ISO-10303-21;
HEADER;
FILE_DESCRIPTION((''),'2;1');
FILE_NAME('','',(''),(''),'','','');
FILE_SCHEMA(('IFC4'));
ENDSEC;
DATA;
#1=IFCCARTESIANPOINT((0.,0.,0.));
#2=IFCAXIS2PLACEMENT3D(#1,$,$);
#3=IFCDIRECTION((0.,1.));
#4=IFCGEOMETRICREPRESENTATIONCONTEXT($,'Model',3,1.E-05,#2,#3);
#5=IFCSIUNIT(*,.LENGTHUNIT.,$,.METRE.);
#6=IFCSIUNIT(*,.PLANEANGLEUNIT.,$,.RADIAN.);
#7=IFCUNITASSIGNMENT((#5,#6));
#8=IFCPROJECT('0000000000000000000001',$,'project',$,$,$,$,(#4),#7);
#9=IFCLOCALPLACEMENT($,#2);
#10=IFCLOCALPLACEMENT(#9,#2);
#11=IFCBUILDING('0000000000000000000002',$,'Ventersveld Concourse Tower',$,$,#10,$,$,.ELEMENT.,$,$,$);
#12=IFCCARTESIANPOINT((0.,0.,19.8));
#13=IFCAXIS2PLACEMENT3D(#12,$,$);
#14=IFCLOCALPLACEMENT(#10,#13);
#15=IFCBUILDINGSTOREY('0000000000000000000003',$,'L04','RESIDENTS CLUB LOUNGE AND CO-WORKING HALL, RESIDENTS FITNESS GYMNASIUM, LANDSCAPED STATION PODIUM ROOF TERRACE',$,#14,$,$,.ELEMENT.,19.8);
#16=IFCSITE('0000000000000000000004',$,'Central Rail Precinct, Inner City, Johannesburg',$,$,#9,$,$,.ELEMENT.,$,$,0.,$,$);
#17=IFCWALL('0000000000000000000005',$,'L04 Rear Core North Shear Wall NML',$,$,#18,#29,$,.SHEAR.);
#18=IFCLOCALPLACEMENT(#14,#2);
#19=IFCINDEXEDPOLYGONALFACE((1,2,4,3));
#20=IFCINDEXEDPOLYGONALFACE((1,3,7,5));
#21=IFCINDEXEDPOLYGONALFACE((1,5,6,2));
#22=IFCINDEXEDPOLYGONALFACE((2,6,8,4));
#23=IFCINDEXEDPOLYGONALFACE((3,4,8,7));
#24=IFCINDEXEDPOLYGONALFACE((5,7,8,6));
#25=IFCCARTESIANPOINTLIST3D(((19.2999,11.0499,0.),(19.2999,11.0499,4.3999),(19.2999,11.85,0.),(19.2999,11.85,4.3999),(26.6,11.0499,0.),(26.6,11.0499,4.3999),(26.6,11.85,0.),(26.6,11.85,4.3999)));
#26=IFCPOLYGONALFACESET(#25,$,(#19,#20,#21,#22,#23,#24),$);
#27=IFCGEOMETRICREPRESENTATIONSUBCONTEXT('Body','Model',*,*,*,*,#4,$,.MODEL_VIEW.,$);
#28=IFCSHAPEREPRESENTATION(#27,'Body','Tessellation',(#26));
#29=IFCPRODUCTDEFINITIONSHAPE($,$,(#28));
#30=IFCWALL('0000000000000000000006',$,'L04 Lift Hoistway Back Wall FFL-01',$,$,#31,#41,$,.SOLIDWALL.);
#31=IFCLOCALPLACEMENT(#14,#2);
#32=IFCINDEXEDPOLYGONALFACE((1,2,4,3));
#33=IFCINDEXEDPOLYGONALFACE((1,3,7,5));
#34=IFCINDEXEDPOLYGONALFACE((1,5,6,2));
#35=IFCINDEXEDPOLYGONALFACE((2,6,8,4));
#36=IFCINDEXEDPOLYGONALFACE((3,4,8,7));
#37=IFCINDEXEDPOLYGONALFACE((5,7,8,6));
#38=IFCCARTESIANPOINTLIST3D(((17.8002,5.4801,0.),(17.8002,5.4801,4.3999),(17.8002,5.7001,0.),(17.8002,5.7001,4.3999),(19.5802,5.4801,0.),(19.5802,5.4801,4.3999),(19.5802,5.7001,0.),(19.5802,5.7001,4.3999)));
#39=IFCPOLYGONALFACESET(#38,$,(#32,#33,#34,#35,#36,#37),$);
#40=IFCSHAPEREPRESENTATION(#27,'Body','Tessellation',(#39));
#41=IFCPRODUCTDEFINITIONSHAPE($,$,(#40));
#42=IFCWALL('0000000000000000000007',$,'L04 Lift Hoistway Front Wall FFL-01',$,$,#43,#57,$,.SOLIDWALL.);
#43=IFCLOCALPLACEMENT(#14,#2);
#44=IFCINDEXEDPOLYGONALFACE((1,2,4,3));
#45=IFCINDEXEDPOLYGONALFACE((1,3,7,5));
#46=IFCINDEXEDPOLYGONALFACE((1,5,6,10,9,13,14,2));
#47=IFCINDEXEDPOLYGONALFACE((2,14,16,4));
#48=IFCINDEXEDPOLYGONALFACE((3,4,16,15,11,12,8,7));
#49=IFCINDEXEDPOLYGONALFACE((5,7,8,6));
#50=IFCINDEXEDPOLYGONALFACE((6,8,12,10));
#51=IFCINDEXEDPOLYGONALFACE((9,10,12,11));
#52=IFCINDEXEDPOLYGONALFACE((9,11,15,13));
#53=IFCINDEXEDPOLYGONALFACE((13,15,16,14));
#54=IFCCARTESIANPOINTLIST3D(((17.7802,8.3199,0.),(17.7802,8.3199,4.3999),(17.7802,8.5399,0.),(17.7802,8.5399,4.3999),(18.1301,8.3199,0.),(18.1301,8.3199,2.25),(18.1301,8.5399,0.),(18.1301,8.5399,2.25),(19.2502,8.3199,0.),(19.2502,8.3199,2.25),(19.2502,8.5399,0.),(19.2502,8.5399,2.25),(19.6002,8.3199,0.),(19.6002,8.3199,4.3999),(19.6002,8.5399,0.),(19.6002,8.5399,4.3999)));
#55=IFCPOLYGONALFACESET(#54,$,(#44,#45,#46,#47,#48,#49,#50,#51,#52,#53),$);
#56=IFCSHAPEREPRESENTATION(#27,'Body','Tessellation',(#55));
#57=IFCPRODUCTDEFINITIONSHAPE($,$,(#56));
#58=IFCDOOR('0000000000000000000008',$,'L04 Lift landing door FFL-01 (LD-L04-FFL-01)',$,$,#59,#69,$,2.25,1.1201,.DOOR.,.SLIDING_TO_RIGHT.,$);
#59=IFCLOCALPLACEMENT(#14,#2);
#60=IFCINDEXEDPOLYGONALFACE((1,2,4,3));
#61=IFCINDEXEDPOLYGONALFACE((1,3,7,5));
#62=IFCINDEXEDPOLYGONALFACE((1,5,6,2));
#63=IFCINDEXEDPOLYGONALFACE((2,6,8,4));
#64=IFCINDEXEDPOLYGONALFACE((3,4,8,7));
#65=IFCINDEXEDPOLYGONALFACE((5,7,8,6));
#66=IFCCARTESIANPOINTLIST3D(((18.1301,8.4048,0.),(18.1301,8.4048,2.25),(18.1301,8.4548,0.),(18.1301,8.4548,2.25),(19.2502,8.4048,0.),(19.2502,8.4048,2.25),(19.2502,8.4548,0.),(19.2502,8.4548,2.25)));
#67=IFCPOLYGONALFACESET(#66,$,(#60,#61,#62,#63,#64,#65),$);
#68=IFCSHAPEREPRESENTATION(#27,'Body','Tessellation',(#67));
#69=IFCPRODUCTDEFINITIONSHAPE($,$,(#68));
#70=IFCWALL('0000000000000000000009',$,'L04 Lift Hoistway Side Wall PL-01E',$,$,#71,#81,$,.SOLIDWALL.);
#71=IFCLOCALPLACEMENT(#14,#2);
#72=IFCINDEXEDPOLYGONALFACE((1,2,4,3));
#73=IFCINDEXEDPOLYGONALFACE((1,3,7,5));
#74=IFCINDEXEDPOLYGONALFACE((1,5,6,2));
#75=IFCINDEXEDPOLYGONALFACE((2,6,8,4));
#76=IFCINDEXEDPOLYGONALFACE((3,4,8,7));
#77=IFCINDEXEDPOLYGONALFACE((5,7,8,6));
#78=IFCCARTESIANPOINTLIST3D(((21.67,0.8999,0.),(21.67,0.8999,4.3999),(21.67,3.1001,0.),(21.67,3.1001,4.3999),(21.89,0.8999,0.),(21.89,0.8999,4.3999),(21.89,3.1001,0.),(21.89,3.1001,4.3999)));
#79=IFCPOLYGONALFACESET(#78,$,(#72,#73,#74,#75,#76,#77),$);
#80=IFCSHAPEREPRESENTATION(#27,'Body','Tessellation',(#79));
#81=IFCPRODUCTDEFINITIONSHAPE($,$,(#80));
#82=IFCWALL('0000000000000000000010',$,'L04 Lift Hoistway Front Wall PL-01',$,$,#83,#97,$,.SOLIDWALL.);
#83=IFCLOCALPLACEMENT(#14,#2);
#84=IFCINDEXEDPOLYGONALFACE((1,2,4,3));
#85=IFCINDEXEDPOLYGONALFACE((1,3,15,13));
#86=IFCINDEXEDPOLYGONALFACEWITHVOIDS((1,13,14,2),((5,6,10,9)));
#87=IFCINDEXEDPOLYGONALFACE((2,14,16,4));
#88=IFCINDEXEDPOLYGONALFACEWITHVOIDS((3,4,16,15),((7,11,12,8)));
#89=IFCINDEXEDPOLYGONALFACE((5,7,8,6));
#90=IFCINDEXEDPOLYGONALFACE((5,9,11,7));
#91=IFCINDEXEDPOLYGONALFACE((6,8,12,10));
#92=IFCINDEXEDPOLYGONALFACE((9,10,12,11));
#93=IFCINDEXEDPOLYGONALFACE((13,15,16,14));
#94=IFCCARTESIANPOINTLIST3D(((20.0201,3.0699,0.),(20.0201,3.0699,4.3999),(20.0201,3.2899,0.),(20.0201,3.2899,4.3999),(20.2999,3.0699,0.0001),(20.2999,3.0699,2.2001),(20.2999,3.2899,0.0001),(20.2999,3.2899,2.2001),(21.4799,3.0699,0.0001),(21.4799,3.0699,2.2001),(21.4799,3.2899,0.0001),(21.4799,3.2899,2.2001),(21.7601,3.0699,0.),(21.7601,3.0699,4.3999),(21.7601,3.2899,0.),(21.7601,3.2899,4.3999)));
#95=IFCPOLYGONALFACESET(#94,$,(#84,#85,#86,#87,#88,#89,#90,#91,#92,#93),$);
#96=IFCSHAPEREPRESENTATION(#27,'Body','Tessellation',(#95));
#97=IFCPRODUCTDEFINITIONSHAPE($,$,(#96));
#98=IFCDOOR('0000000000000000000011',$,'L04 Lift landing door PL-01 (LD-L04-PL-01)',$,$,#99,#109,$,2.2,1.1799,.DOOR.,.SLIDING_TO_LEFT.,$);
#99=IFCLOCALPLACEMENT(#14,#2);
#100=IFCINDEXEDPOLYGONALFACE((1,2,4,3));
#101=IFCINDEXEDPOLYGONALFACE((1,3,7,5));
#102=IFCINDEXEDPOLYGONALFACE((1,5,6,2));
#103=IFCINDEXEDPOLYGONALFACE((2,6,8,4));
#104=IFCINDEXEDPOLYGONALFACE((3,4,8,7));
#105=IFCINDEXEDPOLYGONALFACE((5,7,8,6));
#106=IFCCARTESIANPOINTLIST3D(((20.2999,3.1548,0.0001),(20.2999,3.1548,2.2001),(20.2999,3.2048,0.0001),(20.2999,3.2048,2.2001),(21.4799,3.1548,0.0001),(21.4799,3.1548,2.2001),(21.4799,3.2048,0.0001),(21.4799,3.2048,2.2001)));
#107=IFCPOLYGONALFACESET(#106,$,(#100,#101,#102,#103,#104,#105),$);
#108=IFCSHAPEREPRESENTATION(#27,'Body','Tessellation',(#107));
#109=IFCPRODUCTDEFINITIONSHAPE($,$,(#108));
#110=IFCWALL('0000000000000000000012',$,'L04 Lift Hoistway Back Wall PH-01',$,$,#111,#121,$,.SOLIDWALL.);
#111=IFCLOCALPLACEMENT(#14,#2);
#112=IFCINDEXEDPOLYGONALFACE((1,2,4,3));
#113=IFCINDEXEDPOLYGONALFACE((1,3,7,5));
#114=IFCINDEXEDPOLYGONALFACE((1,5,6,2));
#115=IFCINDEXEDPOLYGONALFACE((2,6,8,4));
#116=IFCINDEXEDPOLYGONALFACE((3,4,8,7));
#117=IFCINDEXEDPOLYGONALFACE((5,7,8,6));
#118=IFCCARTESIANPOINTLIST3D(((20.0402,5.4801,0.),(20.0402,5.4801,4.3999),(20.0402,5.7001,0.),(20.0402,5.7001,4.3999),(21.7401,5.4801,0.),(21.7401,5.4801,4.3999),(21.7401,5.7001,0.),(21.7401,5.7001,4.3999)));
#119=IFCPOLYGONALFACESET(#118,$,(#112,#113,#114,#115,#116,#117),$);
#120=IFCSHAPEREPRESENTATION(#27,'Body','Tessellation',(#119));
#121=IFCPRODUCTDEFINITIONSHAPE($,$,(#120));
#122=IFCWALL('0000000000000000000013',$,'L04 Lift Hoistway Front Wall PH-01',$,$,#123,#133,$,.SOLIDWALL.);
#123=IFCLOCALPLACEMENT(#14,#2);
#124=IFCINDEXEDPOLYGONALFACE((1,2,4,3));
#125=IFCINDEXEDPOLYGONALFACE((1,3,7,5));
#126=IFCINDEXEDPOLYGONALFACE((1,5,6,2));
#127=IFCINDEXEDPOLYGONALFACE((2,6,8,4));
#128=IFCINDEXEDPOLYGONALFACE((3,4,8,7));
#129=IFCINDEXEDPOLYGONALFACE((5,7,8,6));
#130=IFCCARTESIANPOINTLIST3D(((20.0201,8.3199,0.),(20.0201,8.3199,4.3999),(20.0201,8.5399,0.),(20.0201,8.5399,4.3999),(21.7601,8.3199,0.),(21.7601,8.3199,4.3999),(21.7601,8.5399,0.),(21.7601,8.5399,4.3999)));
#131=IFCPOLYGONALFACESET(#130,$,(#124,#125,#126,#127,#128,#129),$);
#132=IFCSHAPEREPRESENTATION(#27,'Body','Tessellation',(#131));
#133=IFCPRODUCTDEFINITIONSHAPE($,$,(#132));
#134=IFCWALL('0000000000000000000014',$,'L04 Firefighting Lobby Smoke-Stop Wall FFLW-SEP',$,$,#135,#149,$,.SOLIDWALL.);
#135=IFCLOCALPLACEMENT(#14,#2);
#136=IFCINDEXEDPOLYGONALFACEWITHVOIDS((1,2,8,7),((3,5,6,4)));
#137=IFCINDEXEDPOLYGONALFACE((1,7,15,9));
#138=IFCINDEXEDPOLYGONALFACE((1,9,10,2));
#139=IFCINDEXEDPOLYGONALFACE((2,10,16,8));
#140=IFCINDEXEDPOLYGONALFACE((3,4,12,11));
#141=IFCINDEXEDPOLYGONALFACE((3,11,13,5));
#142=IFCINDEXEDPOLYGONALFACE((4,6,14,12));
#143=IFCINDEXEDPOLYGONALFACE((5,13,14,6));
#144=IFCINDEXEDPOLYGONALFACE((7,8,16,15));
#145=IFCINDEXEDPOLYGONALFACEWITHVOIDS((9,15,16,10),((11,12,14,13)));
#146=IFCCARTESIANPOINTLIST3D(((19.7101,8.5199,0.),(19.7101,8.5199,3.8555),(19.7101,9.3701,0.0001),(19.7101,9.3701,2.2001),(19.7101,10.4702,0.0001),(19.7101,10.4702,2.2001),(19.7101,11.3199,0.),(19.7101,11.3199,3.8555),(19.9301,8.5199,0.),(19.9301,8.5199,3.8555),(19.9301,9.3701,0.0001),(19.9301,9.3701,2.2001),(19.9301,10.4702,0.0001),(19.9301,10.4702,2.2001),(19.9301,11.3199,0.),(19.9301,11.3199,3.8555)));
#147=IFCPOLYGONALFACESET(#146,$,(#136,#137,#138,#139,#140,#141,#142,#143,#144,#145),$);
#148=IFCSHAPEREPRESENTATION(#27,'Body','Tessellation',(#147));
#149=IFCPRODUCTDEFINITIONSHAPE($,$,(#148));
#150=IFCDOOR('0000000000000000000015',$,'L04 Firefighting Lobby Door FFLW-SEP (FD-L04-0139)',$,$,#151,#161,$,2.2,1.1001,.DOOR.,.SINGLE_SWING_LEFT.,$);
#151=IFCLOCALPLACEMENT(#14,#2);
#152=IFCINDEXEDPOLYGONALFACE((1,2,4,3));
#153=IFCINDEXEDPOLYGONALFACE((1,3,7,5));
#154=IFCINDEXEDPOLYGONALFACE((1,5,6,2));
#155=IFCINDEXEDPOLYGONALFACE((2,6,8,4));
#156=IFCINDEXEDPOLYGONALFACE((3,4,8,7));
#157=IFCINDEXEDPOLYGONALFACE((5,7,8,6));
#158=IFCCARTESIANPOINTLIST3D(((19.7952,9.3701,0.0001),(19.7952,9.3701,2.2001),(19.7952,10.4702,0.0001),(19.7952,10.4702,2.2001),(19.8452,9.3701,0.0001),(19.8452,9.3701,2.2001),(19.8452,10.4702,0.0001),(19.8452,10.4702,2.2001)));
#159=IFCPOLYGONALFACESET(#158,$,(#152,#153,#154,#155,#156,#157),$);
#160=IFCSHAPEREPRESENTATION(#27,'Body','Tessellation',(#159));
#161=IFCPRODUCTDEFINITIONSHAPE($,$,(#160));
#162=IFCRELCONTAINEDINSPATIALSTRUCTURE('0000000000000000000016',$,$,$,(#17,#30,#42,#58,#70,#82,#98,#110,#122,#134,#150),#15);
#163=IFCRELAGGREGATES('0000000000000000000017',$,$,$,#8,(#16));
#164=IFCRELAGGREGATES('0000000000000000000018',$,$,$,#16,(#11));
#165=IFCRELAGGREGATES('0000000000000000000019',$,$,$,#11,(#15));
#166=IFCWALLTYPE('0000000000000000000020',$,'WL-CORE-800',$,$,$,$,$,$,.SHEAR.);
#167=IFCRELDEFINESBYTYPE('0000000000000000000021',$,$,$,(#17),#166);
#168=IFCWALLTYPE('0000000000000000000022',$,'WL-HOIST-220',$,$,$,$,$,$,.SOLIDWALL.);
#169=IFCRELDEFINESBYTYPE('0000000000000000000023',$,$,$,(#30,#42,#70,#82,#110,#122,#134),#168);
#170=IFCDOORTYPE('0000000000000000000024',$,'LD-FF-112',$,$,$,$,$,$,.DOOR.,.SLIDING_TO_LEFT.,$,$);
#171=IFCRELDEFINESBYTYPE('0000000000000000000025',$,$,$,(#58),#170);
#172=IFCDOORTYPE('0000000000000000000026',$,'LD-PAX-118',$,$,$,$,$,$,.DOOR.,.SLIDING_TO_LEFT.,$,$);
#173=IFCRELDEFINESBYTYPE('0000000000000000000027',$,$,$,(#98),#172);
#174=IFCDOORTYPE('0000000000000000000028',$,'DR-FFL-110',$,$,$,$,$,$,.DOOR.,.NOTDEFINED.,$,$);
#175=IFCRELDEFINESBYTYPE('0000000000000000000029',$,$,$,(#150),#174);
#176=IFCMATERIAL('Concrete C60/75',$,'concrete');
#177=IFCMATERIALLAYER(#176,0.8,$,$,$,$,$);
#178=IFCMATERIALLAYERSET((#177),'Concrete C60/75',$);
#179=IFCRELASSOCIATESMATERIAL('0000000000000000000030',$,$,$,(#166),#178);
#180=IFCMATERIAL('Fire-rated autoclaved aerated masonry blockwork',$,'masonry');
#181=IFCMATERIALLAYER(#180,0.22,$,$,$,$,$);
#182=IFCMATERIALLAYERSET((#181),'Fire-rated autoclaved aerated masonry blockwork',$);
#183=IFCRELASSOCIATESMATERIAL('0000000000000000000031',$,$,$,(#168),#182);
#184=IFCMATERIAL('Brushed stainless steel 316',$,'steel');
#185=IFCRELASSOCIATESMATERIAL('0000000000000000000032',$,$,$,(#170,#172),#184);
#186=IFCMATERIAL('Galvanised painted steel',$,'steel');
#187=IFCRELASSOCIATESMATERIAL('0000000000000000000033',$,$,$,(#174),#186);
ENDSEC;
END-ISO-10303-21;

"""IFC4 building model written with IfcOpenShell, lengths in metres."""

from ifc_helpers import new_model, si_unit, direction, frame, frame_2d, origin, place, context, subcontext, project, spatial, rectangle, extrude, material, layer, layer_set, type_object, element, fill, save


model = new_model("IFC4")

# Units and contexts
model_context = context("Model", 3, precision=1e-05, world=origin(), true_north=direction((0.0, 1.0)))
body_context = subcontext(model_context, "Body", "Model", "MODEL_VIEW")
ifc_project = project(units=[si_unit("LENGTHUNIT", "METRE"), si_unit("PLANEANGLEUNIT", "RADIAN")], contexts=[model_context])

# Site, building, storey
site_placement = place(None, origin())
site = spatial("IfcSite", under=ifc_project, at=site_placement, Name="Central Rail Precinct, Inner City, Johannesburg", CompositionType="ELEMENT", RefElevation=0.0)
building_placement = place(site_placement, origin())
building = spatial("IfcBuilding", under=site, at=building_placement, Name="Ventersveld Concourse Tower", CompositionType="ELEMENT")
storey_placement = place(building_placement, frame((0.0, 0.0, 19.8)))
storey = spatial("IfcBuildingStorey", under=building, at=storey_placement, Name="L04", Description="RESIDENTS CLUB LOUNGE AND CO-WORKING HALL, RESIDENTS FITNESS GYMNASIUM, LANDSCAPED STATION PODIUM ROOF TERRACE", CompositionType="ELEMENT", Elevation=19.8)

# Shared definitions
ifc_material_1 = material(Name="Concrete C60/75", Category="concrete")

# Walls
ifc_layer_1 = layer(ifc_material_1, 0.8)
ifc_layer_set_1 = layer_set([ifc_layer_1], Name="Concrete C60/75")
wall_type_1 = type_object("IfcWallType", Name="WL-CORE-800", PredefinedType="SHEAR", material=ifc_layer_set_1)
wall_1_placement = place(storey_placement, frame((19.3, 11.45, 0.0), z_axis=(0.0, 0.0, 1.0), x_axis=(1.0, 0.0, 0.0)))
element("IfcWall", 1, at=wall_1_placement, inside=storey, type_object=wall_type_1, Name="L04 Rear Core North Shear Wall NML", PredefinedType="SHEAR", context=body_context, shape_type="SweptSolid", body=[
    extrude(rectangle(XDim=7.3, YDim=0.8, at=frame_2d((3.6499, 0.0))), origin(), (0.0, 0.0, 1.0), 4.3999),
])
ifc_material_2 = material(Name="Fire-rated autoclaved aerated masonry blockwork", Category="masonry")
ifc_layer_2 = layer(ifc_material_2, 0.22)
ifc_layer_set_2 = layer_set([ifc_layer_2], Name="Fire-rated autoclaved aerated masonry blockwork")
wall_type_2 = type_object("IfcWallType", Name="WL-HOIST-220", PredefinedType="SOLIDWALL", material=ifc_layer_set_2)
wall_2_placement = place(storey_placement, frame((17.8, 5.5901, 0.0), z_axis=(0.0, 0.0, 1.0), x_axis=(1.0, 0.0, 0.0)))
element("IfcWall", 2, at=wall_2_placement, inside=storey, type_object=wall_type_2, Name="L04 Lift Hoistway Back Wall FFL-01", PredefinedType="SOLIDWALL", context=body_context, shape_type="SweptSolid", body=[
    extrude(rectangle(XDim=1.78, YDim=0.22, at=frame_2d((0.8901, 0.0))), origin(), (0.0, 0.0, 1.0), 4.3999),
])

# Wall, opening, door
wall_3_placement = place(storey_placement, frame((17.78, 8.4299, 0.0), z_axis=(0.0, 0.0, 1.0), x_axis=(1.0, 0.0, 0.0)))
wall_3 = element("IfcWall", 3, at=wall_3_placement, inside=storey, type_object=wall_type_2, Name="L04 Lift Hoistway Front Wall FFL-01", PredefinedType="SOLIDWALL", context=body_context, shape_type="SweptSolid", body=[
    extrude(rectangle(XDim=1.8201, YDim=0.22, at=frame_2d((0.9102, 0.0))), origin(), (0.0, 0.0, 1.0), 4.3999),
])
opening_1_placement = place(wall_3_placement, frame((0.3501, 0.0, 0.0)))
opening_1 = element("IfcOpeningElement", 4, at=opening_1_placement, cuts=wall_3, PredefinedType="OPENING", context=body_context, shape_type="SweptSolid", body=[
    extrude(rectangle(XDim=1.1201, YDim=2.25, at=frame_2d((0.5601, 1.125))), frame((0.0, 0.1201, 0.0), z_axis=(0.0, -1.0, 0.0), x_axis=(1.0, 0.0, 0.0)), (0.0, 0.0, 1.0), 0.24),
])
ifc_material_3 = material(Name="Brushed stainless steel 316", Category="steel")
door_type_1 = type_object("IfcDoorType", Name="LD-FF-112", OperationType="SLIDING_TO_LEFT", PredefinedType="DOOR", material=ifc_material_3)
door_1_placement = place(opening_1_placement, origin())
door_1 = element("IfcDoor", 5, at=door_1_placement, inside=storey, type_object=door_type_1, Name="L04 Lift landing door FFL-01 (LD-L04-FFL-01)", OperationType="SLIDING_TO_RIGHT", OverallHeight=2.25, OverallWidth=1.1201, PredefinedType="DOOR", context=body_context, shape_type="SweptSolid", body=[
    extrude(rectangle(XDim=1.1201, YDim=2.25, at=frame_2d((0.5601, 1.125))), frame((0.0, 0.0249, 0.0), z_axis=(0.0, -1.0, 0.0), x_axis=(1.0, 0.0, 0.0)), (0.0, 0.0, 1.0), 0.05),
])
fill(opening_1, door_1)

# Wall
wall_4_placement = place(storey_placement, frame((21.78, 0.8999, 0.0), z_axis=(0.0, 0.0, 1.0), x_axis=(0.0, 1.0, 0.0)))
element("IfcWall", 6, at=wall_4_placement, inside=storey, type_object=wall_type_2, Name="L04 Lift Hoistway Side Wall PL-01E", PredefinedType="SOLIDWALL", context=body_context, shape_type="SweptSolid", body=[
    extrude(rectangle(XDim=2.2002, YDim=0.22, at=frame_2d((1.1001, 0.0))), origin(), (0.0, 0.0, 1.0), 4.3999),
])

# Wall, opening, door
wall_5_placement = place(storey_placement, frame((20.02, 3.1799, 0.0), z_axis=(0.0, 0.0, 1.0), x_axis=(1.0, 0.0, 0.0)))
wall_5 = element("IfcWall", 7, at=wall_5_placement, inside=storey, type_object=wall_type_2, Name="L04 Lift Hoistway Front Wall PL-01", PredefinedType="SOLIDWALL", context=body_context, shape_type="SweptSolid", body=[
    extrude(rectangle(XDim=1.74, YDim=0.22, at=frame_2d((0.8701, 0.0))), origin(), (0.0, 0.0, 1.0), 4.3999),
])
opening_2_placement = place(wall_5_placement, frame((0.28, 0.0, 0.0)))
opening_2 = element("IfcOpeningElement", 8, at=opening_2_placement, cuts=wall_5, PredefinedType="OPENING", context=body_context, shape_type="SweptSolid", body=[
    extrude(rectangle(XDim=1.1799, YDim=2.2, at=frame_2d((0.5898, 1.1001))), frame((0.0, 0.1201, 0.0), z_axis=(0.0, -1.0, 0.0), x_axis=(1.0, 0.0, 0.0)), (0.0, 0.0, 1.0), 0.24),
])
door_type_2 = type_object("IfcDoorType", Name="LD-PAX-118", OperationType="SLIDING_TO_LEFT", PredefinedType="DOOR", material=ifc_material_3)
door_2_placement = place(opening_2_placement, origin())
door_2 = element("IfcDoor", 9, at=door_2_placement, inside=storey, type_object=door_type_2, Name="L04 Lift landing door PL-01 (LD-L04-PL-01)", OperationType="SLIDING_TO_LEFT", OverallHeight=2.2, OverallWidth=1.1799, PredefinedType="DOOR", context=body_context, shape_type="SweptSolid", body=[
    extrude(rectangle(XDim=1.1799, YDim=2.2, at=frame_2d((0.5898, 1.1001))), frame((0.0, 0.0249, 0.0), z_axis=(0.0, -1.0, 0.0), x_axis=(1.0, 0.0, 0.0)), (0.0, 0.0, 1.0), 0.05),
])
fill(opening_2, door_2)

# Walls
wall_6_placement = place(storey_placement, frame((20.04, 5.5901, 0.0), z_axis=(0.0, 0.0, 1.0), x_axis=(1.0, 0.0, 0.0)))
element("IfcWall", 10, at=wall_6_placement, inside=storey, type_object=wall_type_2, Name="L04 Lift Hoistway Back Wall PH-01", PredefinedType="SOLIDWALL", context=body_context, shape_type="SweptSolid", body=[
    extrude(rectangle(XDim=1.7, YDim=0.22, at=frame_2d((0.8501, 0.0))), origin(), (0.0, 0.0, 1.0), 4.3999),
])
wall_7_placement = place(storey_placement, frame((20.02, 8.4299, 0.0), z_axis=(0.0, 0.0, 1.0), x_axis=(1.0, 0.0, 0.0)))
element("IfcWall", 11, at=wall_7_placement, inside=storey, type_object=wall_type_2, Name="L04 Lift Hoistway Front Wall PH-01", PredefinedType="SOLIDWALL", context=body_context, shape_type="SweptSolid", body=[
    extrude(rectangle(XDim=1.74, YDim=0.22, at=frame_2d((0.8701, 0.0))), origin(), (0.0, 0.0, 1.0), 4.3999),
])

# Wall, opening, door
wall_8_placement = place(storey_placement, frame((19.8201, 8.52, 0.0), z_axis=(0.0, 0.0, 1.0), x_axis=(0.0, 1.0, 0.0)))
wall_8 = element("IfcWall", 12, at=wall_8_placement, inside=storey, type_object=wall_type_2, Name="L04 Firefighting Lobby Smoke-Stop Wall FFLW-SEP", PredefinedType="SOLIDWALL", context=body_context, shape_type="SweptSolid", body=[
    extrude(rectangle(XDim=2.8, YDim=0.22, at=frame_2d((1.3999, 0.0))), origin(), (0.0, 0.0, 1.0), 3.8555),
])
opening_3_placement = place(wall_8_placement, frame((0.8501, 0.0, 0.0)))
opening_3 = element("IfcOpeningElement", 13, at=opening_3_placement, cuts=wall_8, PredefinedType="OPENING", context=body_context, shape_type="SweptSolid", body=[
    extrude(rectangle(XDim=1.1001, YDim=2.2, at=frame_2d((0.55, 1.1001))), frame((0.0, 0.1201, 0.0), z_axis=(0.0, -1.0, 0.0), x_axis=(1.0, 0.0, 0.0)), (0.0, 0.0, 1.0), 0.24),
])
ifc_material_4 = material(Name="Galvanised painted steel", Category="steel")
door_type_3 = type_object("IfcDoorType", Name="DR-FFL-110", OperationType="NOTDEFINED", PredefinedType="DOOR", material=ifc_material_4)
door_3_placement = place(opening_3_placement, origin())
door_3 = element("IfcDoor", 14, at=door_3_placement, inside=storey, type_object=door_type_3, Name="L04 Firefighting Lobby Door FFLW-SEP (FD-L04-0139)", OperationType="SINGLE_SWING_LEFT", OverallHeight=2.2, OverallWidth=1.1001, PredefinedType="DOOR", context=body_context, shape_type="SweptSolid", body=[
    extrude(rectangle(XDim=1.1001, YDim=2.2, at=frame_2d((0.55, 1.1001))), frame((0.0, 0.0249, 0.0), z_axis=(0.0, -1.0, 0.0), x_axis=(1.0, 0.0, 0.0)), (0.0, 0.0, 1.0), 0.05),
])
fill(opening_3, door_3)

save(model, "model.ifc")
